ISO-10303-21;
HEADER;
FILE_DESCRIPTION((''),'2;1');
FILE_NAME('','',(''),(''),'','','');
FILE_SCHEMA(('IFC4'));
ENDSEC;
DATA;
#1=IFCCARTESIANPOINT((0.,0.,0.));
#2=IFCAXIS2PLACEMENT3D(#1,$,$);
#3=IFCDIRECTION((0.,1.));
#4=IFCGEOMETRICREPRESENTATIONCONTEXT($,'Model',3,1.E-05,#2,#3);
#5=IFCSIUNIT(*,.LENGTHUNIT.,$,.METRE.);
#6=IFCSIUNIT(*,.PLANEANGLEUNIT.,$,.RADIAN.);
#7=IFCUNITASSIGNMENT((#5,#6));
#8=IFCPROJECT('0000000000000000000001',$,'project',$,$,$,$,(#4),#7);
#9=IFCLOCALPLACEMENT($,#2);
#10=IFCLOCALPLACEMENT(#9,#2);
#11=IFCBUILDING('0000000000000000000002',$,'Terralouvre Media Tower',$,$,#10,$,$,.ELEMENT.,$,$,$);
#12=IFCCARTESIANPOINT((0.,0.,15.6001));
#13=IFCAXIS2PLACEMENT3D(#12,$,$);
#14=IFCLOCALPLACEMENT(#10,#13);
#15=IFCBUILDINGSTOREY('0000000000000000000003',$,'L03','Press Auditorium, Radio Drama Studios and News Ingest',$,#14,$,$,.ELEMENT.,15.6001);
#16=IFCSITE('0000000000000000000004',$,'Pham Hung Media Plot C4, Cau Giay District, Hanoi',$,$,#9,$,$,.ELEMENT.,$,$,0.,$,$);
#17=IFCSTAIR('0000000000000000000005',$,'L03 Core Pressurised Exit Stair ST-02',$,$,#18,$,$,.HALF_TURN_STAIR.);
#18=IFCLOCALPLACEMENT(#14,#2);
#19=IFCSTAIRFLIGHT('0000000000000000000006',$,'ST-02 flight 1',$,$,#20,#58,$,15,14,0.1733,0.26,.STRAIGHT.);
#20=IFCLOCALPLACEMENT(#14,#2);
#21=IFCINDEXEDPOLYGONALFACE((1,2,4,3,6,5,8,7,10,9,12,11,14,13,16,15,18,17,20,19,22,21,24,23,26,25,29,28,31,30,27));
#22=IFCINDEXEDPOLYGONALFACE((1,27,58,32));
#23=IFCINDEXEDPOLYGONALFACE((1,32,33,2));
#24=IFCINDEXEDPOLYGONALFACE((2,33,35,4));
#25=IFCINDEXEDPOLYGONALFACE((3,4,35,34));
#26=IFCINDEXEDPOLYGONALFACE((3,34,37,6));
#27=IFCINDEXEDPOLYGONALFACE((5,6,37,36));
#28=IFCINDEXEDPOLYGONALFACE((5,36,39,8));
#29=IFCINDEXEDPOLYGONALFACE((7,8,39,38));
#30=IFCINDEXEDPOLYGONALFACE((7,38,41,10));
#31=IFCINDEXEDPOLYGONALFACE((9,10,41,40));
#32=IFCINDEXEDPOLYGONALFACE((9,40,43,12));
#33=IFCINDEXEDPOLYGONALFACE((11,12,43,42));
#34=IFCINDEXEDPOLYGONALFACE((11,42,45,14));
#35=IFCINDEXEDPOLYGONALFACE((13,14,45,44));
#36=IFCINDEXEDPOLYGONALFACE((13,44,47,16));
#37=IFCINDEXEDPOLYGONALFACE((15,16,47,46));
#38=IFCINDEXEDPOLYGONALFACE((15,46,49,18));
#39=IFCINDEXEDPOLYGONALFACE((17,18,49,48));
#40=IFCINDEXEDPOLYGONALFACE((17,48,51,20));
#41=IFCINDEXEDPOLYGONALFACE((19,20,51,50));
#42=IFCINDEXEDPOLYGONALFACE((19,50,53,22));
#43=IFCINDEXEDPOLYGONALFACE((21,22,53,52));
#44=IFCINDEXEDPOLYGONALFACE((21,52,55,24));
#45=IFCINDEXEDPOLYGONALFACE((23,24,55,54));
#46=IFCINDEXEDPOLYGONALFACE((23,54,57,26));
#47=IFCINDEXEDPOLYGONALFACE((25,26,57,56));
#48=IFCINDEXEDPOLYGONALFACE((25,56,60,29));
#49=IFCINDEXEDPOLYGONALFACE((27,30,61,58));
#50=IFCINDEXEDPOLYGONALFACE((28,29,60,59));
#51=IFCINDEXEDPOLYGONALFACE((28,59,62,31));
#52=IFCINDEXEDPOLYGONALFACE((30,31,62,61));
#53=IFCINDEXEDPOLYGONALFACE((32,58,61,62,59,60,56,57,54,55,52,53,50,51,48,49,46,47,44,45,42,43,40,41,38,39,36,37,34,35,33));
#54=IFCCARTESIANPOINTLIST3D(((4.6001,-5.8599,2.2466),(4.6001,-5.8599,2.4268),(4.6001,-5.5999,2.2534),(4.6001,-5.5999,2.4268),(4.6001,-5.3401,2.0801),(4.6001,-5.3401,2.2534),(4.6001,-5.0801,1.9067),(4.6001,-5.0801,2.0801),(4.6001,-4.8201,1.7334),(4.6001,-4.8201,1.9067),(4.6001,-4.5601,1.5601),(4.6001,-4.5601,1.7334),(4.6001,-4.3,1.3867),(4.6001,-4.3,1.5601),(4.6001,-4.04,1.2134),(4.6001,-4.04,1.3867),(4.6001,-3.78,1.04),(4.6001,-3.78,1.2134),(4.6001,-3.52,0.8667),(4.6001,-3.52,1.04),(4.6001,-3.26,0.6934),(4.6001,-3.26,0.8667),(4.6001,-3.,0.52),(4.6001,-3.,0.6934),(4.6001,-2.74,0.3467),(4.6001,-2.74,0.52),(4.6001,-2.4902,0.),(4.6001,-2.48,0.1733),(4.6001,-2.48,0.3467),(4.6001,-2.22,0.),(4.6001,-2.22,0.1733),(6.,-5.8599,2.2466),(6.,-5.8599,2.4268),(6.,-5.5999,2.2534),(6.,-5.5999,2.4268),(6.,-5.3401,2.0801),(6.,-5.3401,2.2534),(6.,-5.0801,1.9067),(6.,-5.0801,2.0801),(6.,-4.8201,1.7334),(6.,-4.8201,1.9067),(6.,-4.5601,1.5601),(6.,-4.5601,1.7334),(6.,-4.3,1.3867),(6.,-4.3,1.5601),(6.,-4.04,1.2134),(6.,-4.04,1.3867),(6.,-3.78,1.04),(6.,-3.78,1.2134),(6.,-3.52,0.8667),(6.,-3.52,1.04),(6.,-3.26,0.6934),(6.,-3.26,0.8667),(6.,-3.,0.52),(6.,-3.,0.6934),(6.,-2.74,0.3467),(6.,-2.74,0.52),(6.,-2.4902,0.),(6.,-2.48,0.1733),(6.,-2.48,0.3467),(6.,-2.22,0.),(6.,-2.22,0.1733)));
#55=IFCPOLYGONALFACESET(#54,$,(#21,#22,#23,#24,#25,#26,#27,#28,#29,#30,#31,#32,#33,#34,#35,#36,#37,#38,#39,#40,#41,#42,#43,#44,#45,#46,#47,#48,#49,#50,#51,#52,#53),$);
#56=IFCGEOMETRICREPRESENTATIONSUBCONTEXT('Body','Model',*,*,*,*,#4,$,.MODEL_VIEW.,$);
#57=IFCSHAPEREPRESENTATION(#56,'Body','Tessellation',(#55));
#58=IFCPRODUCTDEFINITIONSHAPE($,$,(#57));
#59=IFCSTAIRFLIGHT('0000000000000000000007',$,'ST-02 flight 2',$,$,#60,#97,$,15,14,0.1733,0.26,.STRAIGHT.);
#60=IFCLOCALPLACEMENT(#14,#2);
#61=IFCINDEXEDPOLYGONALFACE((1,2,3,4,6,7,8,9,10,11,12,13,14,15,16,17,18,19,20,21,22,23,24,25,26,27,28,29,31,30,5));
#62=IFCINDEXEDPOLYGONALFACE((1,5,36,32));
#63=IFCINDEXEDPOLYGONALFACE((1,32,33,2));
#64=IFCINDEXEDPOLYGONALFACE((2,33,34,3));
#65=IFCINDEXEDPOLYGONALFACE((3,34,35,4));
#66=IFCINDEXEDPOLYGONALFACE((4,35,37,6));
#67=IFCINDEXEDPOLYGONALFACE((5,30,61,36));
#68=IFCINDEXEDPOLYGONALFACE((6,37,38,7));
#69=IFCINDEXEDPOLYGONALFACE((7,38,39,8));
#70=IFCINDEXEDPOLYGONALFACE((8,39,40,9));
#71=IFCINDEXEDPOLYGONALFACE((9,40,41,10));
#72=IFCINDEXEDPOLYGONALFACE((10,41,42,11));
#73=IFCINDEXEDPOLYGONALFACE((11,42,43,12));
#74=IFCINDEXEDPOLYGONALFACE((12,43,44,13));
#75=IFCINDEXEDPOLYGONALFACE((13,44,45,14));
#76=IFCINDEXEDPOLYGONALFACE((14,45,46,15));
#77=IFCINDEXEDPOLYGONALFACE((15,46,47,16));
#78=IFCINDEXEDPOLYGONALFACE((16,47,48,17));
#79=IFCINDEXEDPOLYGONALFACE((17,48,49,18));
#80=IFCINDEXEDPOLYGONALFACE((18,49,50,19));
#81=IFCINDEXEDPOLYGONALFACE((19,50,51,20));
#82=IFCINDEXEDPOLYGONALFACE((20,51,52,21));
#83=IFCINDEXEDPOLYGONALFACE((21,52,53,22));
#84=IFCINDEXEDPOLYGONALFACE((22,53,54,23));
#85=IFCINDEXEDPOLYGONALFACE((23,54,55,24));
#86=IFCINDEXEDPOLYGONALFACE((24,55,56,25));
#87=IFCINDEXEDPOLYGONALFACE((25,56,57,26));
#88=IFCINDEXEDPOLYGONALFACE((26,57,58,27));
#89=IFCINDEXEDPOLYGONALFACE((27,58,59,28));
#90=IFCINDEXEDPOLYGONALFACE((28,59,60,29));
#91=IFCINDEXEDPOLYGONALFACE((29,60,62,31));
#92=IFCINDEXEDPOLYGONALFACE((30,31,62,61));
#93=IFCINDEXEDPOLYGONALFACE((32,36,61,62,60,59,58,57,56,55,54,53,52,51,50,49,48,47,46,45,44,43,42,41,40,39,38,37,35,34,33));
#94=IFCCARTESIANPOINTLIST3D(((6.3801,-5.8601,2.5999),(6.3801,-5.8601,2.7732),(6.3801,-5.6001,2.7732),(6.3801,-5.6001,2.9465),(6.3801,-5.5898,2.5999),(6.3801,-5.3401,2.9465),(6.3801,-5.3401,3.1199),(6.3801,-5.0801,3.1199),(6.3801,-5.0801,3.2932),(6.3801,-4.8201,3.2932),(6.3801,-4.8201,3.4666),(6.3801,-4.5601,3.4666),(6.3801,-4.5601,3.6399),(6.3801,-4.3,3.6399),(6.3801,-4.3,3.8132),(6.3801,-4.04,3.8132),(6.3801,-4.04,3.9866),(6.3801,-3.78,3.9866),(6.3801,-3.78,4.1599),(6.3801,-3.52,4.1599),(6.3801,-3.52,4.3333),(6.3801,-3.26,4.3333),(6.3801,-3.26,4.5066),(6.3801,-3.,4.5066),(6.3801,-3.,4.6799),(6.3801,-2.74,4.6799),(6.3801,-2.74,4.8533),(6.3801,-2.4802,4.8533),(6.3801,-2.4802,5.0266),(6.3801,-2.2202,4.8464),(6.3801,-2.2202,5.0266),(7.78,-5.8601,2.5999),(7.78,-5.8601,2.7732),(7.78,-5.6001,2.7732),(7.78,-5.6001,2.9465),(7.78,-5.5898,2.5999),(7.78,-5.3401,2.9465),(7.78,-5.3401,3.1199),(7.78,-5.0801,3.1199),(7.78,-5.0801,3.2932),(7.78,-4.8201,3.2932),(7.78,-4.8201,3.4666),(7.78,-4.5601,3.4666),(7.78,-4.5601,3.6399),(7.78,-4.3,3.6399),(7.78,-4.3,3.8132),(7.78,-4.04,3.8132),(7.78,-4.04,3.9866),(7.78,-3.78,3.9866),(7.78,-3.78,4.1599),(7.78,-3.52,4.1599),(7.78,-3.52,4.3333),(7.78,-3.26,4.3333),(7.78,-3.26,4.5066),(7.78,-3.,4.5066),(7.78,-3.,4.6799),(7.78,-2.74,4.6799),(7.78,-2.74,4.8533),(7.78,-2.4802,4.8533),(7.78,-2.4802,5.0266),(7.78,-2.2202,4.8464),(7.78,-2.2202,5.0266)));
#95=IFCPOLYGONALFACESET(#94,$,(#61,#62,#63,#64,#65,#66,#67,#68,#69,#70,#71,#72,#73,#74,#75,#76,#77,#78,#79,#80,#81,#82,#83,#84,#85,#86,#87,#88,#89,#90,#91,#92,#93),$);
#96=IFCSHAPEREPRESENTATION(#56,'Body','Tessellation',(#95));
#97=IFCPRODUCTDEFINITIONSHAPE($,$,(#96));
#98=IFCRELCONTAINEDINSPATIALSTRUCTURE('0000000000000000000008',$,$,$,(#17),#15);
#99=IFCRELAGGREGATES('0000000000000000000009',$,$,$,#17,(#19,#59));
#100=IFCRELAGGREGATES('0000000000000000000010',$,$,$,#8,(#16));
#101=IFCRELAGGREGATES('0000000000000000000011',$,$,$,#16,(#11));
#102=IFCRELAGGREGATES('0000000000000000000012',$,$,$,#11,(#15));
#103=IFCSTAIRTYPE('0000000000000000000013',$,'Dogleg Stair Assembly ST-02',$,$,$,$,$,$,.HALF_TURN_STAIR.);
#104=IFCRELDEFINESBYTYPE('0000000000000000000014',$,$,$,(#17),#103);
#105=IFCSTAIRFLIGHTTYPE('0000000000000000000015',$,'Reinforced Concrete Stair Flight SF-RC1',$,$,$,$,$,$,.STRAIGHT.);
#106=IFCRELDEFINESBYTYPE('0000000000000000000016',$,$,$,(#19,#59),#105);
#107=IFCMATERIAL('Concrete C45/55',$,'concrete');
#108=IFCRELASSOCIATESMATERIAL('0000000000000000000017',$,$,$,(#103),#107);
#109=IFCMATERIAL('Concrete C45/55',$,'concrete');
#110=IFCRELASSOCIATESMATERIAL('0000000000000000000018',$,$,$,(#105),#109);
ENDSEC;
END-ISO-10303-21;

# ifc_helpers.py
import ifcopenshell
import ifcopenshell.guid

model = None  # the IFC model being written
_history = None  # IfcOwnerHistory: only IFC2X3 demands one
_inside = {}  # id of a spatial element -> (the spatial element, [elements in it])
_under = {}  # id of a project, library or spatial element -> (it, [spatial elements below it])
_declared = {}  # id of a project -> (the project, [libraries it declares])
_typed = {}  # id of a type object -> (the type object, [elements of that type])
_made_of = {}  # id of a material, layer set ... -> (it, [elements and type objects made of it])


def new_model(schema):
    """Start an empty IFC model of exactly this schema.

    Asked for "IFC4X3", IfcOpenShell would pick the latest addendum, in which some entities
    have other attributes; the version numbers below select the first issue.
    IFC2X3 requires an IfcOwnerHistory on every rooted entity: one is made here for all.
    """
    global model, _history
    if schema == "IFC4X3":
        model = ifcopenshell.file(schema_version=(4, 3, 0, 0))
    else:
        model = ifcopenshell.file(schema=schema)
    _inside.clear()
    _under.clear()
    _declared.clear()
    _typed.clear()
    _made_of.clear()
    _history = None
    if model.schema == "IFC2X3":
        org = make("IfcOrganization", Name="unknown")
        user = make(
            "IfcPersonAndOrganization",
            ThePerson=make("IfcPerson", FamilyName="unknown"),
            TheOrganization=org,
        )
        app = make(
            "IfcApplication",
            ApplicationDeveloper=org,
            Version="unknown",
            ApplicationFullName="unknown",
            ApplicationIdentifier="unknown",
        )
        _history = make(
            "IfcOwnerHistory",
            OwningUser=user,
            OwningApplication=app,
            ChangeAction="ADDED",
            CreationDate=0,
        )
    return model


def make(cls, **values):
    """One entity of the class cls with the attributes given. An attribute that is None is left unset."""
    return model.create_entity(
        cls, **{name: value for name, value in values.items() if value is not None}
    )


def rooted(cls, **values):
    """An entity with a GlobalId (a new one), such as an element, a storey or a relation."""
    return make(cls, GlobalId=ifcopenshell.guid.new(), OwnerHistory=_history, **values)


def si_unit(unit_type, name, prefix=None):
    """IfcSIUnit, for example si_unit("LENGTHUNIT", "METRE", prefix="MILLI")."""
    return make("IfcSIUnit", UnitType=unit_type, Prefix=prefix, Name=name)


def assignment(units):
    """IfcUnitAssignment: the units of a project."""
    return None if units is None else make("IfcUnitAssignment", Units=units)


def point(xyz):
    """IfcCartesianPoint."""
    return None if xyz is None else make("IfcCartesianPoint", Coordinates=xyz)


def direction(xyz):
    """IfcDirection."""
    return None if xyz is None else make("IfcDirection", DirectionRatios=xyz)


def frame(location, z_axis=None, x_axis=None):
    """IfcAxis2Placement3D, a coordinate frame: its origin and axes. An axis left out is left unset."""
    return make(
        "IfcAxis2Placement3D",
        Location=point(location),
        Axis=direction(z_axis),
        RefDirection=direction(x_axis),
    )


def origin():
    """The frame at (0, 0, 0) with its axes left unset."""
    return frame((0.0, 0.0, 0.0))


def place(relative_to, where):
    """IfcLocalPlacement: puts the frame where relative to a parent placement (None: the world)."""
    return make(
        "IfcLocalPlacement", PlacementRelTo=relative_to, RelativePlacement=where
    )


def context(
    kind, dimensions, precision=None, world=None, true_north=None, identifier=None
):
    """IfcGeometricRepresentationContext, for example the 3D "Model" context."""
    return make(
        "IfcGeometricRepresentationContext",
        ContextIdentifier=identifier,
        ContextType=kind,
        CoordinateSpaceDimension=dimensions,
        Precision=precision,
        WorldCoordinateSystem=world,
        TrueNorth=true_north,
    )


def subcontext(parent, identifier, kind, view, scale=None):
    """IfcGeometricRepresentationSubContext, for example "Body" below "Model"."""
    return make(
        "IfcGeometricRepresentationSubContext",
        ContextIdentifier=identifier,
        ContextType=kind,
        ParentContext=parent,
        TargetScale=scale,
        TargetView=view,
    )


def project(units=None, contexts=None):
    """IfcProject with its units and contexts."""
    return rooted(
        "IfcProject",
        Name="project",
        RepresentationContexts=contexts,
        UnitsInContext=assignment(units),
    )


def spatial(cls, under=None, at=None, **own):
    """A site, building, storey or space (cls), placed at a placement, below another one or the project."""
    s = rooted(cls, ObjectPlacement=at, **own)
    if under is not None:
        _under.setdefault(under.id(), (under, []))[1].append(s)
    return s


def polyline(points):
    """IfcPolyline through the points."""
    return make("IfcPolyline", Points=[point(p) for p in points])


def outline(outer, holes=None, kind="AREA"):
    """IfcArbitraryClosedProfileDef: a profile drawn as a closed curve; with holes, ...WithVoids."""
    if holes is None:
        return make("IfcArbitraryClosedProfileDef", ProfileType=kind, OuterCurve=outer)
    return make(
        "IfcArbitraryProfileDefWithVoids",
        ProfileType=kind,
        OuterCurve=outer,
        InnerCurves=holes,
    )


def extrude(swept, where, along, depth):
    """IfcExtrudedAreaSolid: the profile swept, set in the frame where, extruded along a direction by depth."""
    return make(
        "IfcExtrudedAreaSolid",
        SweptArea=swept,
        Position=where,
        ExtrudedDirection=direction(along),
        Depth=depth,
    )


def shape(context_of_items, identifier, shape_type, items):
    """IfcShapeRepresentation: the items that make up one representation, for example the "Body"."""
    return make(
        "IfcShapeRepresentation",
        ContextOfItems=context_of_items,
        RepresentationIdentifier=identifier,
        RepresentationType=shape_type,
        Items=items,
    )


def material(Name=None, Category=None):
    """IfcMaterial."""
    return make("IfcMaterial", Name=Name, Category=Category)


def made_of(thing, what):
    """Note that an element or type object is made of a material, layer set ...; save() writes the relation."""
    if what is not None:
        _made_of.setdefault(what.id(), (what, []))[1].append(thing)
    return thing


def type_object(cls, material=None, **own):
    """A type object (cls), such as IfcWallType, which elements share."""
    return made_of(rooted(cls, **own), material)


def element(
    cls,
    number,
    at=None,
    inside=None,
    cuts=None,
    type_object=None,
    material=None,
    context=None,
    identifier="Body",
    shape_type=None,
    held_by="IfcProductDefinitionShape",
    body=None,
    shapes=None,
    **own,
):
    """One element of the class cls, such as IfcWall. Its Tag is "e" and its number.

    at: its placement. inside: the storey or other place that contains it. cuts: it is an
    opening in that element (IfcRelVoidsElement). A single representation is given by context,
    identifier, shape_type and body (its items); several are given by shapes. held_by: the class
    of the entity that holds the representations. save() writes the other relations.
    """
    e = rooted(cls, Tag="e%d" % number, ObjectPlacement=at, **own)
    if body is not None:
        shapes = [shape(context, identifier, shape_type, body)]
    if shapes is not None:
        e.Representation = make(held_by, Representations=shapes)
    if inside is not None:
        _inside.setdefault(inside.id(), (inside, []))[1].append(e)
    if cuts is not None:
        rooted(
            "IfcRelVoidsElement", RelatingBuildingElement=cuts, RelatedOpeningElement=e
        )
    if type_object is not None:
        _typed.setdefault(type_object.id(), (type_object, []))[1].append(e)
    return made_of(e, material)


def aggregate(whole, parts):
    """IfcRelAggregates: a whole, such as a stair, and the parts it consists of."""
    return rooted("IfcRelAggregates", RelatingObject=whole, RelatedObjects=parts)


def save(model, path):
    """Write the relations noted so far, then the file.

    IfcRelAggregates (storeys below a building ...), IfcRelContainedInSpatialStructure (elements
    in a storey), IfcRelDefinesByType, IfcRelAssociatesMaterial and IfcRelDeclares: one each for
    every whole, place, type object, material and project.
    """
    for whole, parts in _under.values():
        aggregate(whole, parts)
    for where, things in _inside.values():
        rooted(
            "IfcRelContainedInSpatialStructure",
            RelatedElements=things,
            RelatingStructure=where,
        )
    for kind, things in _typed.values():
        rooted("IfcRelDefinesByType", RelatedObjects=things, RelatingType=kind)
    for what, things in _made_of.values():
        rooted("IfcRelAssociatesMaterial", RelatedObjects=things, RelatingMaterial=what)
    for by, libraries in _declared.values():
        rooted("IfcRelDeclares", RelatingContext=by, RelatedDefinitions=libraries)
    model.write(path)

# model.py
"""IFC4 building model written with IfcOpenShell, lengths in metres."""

from ifc_helpers import new_model, si_unit, direction, frame, origin, place, context, subcontext, project, spatial, polyline, outline, extrude, material, type_object, element, aggregate, save


model = new_model("IFC4")

# Units and contexts
model_context = context("Model", 3, precision=1e-05, world=origin(), true_north=direction((0.0, 1.0)))
body_context = subcontext(model_context, "Body", "Model", "MODEL_VIEW")
ifc_project = project(units=[si_unit("LENGTHUNIT", "METRE"), si_unit("PLANEANGLEUNIT", "RADIAN")], contexts=[model_context])

# Site, building, storey
site_placement = place(None, origin())
site = spatial("IfcSite", under=ifc_project, at=site_placement, Name="Pham Hung Media Plot C4, Cau Giay District, Hanoi", CompositionType="ELEMENT", RefElevation=0.0)
building_placement = place(site_placement, origin())
building = spatial("IfcBuilding", under=site, at=building_placement, Name="Terralouvre Media Tower", CompositionType="ELEMENT")
storey_placement = place(building_placement, frame((0.0, 0.0, 15.6001)))
storey = spatial("IfcBuildingStorey", under=building, at=storey_placement, Name="L03", Description="Press Auditorium, Radio Drama Studios and News Ingest", CompositionType="ELEMENT", Elevation=15.6001)

# Stair
ifc_material_1 = material(Name="Concrete C45/55", Category="concrete")
stair_type_1 = type_object("IfcStairType", Name="Dogleg Stair Assembly ST-02", PredefinedType="HALF_TURN_STAIR", material=ifc_material_1)
stair_1_placement = place(storey_placement, origin())
stair_1 = element("IfcStair", 1, at=stair_1_placement, inside=storey, type_object=stair_type_1, Name="L03 Core Pressurised Exit Stair ST-02", PredefinedType="HALF_TURN_STAIR")

# Stair flights
ifc_material_2 = material(Name="Concrete C45/55", Category="concrete")
stair_flight_type = type_object("IfcStairFlightType", Name="Reinforced Concrete Stair Flight SF-RC1", PredefinedType="STRAIGHT", material=ifc_material_2)
stair_flight_1_placement = place(storey_placement, frame((5.3, -2.22, 0.0), z_axis=(0.0, 0.0, 1.0), x_axis=(0.0, -1.0, 0.0)))
stair_flight_1 = element("IfcStairFlight", 2, at=stair_flight_1_placement, type_object=stair_flight_type, Name="ST-02 flight 1", NumberOfRisers=15, NumberOfTreads=14, PredefinedType="STRAIGHT", RiserHeight=0.1733, TreadLength=0.26, context=body_context, shape_type="SweptSolid", body=[
    extrude(outline(polyline([(0.0, 0.0), (0.0, 0.1733), (0.26, 0.1733), (0.26, 0.3467), (0.52, 0.3467), (0.52, 0.52), (0.78, 0.52), (0.78, 0.6934), (1.04, 0.6934), (1.04, 0.8667), (1.3, 0.8667), (1.3, 1.04), (1.5601, 1.04), (1.5601, 1.2134), (1.8201, 1.2134), (1.8201, 1.3867), (2.0801, 1.3867), (2.0801, 1.5601), (2.3401, 1.5601), (2.3401, 1.7334), (2.6001, 1.7334), (2.6001, 1.9067), (2.8601, 1.9067), (2.8601, 2.0801), (3.1201, 2.0801), (3.1201, 2.2534), (3.3799, 2.2534), (3.3799, 2.4268), (3.6399, 2.4268), (3.6399, 2.6001), (3.6399, 2.2466), (0.2703, 0.0), (0.0, 0.0)])), frame((0.0, 0.7, 0.0), z_axis=(0.0, -1.0, 0.0), x_axis=(1.0, 0.0, 0.0)), (0.0, 0.0, 1.0), 1.3999),
])
stair_flight_2_placement = place(storey_placement, frame((7.0801, -5.8601, 2.5999), z_axis=(0.0, 0.0, 1.0), x_axis=(0.0, 1.0, 0.0)))
stair_flight_2 = element("IfcStairFlight", 3, at=stair_flight_2_placement, type_object=stair_flight_type, Name="ST-02 flight 2", NumberOfRisers=15, NumberOfTreads=14, PredefinedType="STRAIGHT", RiserHeight=0.1733, TreadLength=0.26, context=body_context, shape_type="SweptSolid", body=[
    extrude(outline(polyline([(0.0, 0.0), (0.0, 0.1733), (0.26, 0.1733), (0.26, 0.3467), (0.52, 0.3467), (0.52, 0.52), (0.78, 0.52), (0.78, 0.6934), (1.04, 0.6934), (1.04, 0.8667), (1.3, 0.8667), (1.3, 1.04), (1.5601, 1.04), (1.5601, 1.2134), (1.8201, 1.2134), (1.8201, 1.3867), (2.0801, 1.3867), (2.0801, 1.5601), (2.3401, 1.5601), (2.3401, 1.7334), (2.6001, 1.7334), (2.6001, 1.9067), (2.8601, 1.9067), (2.8601, 2.0801), (3.1201, 2.0801), (3.1201, 2.2534), (3.3799, 2.2534), (3.3799, 2.4268), (3.6399, 2.4268), (3.6399, 2.6001), (3.6399, 2.2466), (0.2703, 0.0), (0.0, 0.0)])), frame((0.0, 0.7, 0.0), z_axis=(0.0, -1.0, 0.0), x_axis=(1.0, 0.0, 0.0)), (0.0, 0.0, 1.0), 1.3999),
])
aggregate(stair_1, [stair_flight_1, stair_flight_2])

save(model, "model.ifc")
